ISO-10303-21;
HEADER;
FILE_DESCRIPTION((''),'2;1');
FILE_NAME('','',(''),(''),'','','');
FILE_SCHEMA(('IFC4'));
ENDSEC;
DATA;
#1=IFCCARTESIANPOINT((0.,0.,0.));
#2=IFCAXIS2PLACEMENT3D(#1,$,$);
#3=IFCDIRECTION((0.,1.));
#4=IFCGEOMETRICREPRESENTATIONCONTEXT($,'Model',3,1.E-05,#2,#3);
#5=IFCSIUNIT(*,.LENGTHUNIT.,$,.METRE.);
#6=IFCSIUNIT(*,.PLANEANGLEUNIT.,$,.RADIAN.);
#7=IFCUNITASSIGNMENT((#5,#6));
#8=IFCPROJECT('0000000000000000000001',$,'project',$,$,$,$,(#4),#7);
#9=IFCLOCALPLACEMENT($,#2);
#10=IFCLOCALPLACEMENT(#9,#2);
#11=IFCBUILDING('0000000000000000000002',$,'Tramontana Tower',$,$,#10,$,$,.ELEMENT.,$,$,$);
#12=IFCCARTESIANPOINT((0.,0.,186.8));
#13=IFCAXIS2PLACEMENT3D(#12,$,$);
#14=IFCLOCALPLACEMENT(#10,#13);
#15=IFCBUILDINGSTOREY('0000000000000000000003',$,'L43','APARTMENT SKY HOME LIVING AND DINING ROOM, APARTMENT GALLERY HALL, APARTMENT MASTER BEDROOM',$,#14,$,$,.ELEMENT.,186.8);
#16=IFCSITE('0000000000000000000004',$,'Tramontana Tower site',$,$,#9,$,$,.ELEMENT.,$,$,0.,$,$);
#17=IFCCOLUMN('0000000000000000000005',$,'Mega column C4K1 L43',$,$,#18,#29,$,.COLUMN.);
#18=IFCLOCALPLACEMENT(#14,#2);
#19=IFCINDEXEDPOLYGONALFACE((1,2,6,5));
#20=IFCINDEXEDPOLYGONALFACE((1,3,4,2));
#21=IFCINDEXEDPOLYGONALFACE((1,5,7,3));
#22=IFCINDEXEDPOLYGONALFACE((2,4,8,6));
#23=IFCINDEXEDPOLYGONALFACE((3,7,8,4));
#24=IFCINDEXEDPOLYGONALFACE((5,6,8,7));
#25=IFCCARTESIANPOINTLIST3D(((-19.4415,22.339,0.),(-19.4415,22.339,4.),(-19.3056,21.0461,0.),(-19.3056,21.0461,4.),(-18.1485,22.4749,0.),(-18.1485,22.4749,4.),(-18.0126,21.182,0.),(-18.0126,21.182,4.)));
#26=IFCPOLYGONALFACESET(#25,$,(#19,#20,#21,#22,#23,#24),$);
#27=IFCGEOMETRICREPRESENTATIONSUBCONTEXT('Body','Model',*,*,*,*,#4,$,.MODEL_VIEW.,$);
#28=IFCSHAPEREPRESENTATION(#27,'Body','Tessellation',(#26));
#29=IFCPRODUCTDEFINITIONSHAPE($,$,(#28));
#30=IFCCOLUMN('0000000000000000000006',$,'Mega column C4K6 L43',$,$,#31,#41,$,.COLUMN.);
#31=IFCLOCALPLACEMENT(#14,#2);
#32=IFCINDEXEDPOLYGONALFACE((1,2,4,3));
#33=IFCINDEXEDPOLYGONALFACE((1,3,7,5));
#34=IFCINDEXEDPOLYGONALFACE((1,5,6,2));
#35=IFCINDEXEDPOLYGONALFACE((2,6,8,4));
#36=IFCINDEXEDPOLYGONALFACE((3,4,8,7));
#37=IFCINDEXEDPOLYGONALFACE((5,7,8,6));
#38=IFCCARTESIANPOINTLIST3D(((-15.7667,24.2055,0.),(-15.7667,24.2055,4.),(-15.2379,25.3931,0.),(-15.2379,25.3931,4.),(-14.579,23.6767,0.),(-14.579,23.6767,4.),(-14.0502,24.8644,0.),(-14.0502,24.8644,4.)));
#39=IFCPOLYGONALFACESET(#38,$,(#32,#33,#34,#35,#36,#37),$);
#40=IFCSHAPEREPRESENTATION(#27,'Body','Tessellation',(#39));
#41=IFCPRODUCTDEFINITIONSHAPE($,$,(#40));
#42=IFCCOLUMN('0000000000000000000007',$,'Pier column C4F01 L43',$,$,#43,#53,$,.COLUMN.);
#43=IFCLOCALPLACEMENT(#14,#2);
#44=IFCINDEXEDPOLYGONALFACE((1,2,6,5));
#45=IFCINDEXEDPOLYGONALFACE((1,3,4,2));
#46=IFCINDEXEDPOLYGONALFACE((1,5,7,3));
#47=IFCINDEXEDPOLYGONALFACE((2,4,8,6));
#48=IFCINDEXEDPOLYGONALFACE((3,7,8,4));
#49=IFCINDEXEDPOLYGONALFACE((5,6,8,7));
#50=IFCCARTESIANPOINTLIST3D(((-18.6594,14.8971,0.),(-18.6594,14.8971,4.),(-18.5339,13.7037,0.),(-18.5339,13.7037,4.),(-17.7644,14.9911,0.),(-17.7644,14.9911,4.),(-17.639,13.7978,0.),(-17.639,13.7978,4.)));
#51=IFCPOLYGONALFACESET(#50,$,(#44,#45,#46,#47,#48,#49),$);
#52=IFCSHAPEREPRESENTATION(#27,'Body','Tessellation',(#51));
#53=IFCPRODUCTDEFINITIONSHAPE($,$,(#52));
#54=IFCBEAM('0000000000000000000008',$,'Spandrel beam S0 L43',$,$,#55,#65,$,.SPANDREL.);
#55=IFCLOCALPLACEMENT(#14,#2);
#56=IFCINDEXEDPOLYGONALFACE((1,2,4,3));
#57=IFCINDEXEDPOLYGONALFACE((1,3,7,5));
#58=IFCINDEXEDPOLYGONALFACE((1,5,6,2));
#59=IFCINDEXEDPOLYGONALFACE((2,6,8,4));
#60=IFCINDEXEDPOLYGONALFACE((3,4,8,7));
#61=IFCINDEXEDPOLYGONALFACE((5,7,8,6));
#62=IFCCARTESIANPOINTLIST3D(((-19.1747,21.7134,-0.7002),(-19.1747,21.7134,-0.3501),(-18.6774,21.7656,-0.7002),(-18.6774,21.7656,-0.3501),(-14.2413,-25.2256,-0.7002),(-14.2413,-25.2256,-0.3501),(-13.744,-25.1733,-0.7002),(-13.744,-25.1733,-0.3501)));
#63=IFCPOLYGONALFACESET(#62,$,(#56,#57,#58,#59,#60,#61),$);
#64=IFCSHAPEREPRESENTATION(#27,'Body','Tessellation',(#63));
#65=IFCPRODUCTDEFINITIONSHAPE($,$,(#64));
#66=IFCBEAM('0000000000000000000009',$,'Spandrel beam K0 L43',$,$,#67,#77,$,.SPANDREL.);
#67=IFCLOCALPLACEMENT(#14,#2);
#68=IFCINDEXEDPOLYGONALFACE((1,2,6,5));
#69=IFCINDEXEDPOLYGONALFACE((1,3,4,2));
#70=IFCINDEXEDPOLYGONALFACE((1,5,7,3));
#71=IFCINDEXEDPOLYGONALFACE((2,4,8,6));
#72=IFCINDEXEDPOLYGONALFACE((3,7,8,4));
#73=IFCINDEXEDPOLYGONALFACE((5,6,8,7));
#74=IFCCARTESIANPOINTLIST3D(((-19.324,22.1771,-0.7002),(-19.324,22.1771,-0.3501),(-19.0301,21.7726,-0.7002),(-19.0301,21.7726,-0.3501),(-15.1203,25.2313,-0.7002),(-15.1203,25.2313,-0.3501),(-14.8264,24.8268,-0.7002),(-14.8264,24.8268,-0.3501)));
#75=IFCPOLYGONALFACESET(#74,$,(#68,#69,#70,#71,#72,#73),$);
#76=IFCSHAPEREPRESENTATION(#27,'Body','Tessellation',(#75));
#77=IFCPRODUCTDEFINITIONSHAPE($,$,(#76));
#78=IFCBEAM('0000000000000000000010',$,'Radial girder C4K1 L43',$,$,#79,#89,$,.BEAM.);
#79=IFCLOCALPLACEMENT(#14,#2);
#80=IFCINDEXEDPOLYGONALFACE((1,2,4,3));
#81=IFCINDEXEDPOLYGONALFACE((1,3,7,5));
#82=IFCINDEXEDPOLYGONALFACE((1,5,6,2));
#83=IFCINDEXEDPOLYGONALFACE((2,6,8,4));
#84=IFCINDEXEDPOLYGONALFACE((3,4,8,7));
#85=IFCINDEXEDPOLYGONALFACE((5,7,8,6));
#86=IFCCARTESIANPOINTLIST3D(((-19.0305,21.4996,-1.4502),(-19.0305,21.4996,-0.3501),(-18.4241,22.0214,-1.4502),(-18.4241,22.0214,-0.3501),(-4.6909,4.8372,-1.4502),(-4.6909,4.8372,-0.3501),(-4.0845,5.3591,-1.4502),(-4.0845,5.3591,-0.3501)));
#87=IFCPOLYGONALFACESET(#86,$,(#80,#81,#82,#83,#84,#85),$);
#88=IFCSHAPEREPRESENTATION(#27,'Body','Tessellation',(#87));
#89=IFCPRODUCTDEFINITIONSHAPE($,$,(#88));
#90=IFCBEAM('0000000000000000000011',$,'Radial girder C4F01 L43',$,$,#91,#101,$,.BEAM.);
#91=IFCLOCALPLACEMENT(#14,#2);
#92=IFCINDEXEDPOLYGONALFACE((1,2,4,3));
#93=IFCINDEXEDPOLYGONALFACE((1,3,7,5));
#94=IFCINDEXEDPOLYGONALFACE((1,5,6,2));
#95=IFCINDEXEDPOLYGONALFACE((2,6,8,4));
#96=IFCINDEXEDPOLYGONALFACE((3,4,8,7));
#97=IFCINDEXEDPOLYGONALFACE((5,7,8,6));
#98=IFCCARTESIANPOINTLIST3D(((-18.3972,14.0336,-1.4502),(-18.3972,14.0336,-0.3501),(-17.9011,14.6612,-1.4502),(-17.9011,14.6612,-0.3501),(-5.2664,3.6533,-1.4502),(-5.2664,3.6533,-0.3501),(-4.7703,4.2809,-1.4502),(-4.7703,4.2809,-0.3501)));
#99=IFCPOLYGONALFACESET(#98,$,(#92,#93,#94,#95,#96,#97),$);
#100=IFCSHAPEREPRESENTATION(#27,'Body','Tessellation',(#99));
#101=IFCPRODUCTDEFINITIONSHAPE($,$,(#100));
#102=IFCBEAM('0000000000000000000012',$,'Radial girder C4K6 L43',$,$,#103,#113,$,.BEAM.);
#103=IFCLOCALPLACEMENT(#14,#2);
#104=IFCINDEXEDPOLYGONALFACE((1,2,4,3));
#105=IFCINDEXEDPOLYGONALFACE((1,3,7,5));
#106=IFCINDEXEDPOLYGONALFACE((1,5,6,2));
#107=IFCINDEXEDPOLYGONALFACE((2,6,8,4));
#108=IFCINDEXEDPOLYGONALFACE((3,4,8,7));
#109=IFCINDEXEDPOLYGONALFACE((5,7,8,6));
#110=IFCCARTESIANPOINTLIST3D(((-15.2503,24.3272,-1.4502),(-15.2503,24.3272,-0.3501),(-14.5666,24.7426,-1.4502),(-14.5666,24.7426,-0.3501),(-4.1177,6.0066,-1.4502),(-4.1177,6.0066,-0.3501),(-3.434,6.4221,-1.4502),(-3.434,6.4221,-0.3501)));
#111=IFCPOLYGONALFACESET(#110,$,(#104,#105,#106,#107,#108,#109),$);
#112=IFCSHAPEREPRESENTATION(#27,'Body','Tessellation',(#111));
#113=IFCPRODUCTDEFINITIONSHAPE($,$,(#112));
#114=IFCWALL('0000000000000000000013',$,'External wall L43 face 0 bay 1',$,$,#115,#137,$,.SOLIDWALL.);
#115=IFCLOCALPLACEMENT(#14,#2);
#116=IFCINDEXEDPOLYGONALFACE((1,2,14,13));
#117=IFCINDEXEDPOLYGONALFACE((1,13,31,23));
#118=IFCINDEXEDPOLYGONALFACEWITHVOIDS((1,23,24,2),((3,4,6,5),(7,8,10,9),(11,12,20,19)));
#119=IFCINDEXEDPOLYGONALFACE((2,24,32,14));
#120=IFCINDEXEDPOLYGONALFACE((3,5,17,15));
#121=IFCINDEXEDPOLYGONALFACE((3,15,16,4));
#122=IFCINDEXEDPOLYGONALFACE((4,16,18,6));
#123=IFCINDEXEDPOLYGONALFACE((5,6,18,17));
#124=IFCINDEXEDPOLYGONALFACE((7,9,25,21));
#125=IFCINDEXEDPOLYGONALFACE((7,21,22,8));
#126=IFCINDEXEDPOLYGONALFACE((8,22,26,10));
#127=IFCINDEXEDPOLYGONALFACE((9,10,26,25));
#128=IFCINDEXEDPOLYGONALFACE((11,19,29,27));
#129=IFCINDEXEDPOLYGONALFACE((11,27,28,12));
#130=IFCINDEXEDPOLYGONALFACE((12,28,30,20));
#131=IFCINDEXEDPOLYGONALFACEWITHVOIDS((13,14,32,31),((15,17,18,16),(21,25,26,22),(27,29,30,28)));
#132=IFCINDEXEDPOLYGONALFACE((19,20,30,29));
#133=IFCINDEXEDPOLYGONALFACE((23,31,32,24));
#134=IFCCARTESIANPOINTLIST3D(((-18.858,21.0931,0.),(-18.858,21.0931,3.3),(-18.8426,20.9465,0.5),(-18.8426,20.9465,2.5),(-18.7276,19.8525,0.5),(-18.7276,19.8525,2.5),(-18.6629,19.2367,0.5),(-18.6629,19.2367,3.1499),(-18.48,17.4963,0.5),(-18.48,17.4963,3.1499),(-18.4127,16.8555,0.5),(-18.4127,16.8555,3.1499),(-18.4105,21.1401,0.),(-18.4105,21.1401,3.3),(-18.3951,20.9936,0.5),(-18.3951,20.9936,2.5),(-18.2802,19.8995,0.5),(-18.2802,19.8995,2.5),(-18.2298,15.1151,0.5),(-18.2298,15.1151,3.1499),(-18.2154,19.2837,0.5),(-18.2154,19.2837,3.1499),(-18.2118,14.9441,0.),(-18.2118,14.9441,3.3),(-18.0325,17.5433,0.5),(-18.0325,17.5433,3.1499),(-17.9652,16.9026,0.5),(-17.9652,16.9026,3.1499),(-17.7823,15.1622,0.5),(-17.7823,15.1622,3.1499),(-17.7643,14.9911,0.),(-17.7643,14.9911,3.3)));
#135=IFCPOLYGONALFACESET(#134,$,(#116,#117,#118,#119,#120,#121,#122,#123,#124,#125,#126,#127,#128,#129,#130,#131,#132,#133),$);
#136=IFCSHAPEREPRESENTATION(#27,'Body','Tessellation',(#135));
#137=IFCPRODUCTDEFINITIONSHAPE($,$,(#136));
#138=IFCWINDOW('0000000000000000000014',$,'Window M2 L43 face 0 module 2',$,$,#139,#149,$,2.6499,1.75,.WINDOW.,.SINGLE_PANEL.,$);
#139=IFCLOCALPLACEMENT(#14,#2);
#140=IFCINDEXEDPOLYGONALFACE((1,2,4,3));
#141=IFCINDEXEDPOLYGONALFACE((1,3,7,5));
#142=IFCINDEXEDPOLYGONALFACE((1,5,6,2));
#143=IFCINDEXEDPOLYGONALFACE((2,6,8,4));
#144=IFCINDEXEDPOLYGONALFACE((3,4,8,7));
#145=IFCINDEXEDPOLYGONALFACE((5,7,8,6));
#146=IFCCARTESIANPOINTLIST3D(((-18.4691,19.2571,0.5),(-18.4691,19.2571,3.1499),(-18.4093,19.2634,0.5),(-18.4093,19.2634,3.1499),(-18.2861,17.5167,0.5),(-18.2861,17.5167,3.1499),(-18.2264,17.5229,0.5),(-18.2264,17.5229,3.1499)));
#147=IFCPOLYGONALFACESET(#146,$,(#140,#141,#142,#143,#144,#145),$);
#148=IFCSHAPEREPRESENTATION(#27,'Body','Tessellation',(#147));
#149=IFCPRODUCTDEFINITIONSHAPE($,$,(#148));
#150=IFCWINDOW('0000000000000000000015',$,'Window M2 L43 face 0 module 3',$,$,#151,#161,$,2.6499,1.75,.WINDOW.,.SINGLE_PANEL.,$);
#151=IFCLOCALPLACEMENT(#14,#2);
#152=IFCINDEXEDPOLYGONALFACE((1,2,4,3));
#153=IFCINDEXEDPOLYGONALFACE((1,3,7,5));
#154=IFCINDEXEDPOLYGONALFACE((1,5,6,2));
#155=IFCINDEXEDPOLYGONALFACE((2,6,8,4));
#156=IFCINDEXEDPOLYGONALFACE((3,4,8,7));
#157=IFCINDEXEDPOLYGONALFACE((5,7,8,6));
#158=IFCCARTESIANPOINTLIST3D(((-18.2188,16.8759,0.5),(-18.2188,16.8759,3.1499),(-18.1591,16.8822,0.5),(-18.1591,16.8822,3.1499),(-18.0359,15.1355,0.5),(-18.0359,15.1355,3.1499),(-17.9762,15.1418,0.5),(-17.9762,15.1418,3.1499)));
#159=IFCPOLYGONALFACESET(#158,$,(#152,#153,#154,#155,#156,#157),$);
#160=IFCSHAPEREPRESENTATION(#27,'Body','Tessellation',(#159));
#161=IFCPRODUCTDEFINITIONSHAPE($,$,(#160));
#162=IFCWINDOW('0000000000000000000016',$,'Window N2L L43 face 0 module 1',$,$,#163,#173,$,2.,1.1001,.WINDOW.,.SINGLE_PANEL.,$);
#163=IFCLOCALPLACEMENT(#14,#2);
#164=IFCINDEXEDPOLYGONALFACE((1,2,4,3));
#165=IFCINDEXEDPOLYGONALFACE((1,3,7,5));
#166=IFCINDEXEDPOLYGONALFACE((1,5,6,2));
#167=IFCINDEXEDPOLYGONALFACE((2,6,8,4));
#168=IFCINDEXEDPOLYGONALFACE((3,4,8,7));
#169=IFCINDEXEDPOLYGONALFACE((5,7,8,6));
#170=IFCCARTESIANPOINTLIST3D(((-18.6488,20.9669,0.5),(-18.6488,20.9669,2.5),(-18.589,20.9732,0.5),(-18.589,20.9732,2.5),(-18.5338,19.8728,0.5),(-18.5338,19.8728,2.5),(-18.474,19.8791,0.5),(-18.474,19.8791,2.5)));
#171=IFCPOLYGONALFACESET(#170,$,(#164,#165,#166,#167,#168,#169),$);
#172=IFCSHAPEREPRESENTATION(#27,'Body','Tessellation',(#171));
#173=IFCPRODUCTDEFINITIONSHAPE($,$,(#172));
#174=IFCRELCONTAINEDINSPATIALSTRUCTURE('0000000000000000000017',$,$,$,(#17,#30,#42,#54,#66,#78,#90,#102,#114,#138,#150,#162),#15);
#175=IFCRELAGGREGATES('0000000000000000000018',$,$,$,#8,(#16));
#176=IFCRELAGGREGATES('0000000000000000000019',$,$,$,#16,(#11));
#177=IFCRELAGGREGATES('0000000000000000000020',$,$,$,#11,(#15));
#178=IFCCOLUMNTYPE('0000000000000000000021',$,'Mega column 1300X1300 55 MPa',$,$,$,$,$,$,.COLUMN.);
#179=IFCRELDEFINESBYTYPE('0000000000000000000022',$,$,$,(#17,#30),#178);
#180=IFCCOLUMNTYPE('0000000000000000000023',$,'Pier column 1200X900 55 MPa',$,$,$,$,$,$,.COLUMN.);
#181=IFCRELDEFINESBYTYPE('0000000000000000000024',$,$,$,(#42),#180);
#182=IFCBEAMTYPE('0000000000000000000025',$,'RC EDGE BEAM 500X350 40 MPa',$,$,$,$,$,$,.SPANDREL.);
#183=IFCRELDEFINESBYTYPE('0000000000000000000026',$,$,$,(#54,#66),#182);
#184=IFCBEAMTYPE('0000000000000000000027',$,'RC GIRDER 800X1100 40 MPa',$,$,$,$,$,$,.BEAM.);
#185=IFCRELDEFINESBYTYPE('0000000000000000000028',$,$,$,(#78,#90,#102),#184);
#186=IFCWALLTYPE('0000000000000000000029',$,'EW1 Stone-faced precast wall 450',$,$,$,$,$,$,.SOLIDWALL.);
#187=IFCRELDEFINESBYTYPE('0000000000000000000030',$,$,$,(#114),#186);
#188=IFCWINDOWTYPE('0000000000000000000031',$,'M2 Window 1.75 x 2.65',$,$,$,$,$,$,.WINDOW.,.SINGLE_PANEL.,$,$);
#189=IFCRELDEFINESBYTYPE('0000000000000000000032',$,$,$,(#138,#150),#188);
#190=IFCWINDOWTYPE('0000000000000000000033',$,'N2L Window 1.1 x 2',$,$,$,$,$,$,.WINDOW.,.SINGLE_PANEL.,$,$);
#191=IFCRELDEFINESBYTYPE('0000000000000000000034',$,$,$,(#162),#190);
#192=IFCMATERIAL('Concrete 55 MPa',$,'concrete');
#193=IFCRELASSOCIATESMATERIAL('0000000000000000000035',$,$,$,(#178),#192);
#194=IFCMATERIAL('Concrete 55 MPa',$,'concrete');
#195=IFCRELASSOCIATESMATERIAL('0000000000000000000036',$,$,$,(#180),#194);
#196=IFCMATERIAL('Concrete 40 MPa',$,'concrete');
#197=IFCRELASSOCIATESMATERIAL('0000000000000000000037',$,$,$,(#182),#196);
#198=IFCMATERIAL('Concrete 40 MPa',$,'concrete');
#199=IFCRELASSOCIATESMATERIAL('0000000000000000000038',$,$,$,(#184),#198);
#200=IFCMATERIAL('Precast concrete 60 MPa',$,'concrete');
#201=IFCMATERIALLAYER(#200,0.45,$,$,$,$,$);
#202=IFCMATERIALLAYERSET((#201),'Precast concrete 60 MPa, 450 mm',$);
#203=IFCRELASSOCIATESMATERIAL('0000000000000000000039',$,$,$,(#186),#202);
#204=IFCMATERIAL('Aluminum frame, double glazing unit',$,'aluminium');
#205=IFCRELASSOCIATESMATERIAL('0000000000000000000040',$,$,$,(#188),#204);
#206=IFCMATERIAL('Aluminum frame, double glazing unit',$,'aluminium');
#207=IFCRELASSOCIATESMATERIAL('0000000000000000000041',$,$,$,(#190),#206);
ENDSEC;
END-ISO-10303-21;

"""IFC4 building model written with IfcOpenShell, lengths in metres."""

from ifc_helpers import new_model, si_unit, direction, frame, frame_2d, origin, origin_2d, place, context, subcontext, project, spatial, rectangle, extrude, material, layer, layer_set, material_profile, profile_set, type_object, element, fill, save


model = new_model("IFC4")

# Units and contexts
model_context = context("Model", 3, precision=1e-05, world=origin(), true_north=direction((0.0, 1.0)))
body_context = subcontext(model_context, "Body", "Model", "MODEL_VIEW")
ifc_project = project(units=[si_unit("LENGTHUNIT", "METRE"), si_unit("PLANEANGLEUNIT", "RADIAN")], contexts=[model_context])

# Site, building, storey
site_placement = place(None, origin())
site = spatial("IfcSite", under=ifc_project, at=site_placement, Name="Tramontana Tower site", CompositionType="ELEMENT", RefElevation=0.0)
building_placement = place(site_placement, origin())
building = spatial("IfcBuilding", under=site, at=building_placement, Name="Tramontana Tower", CompositionType="ELEMENT")
storey_placement = place(building_placement, frame((0.0, 0.0, 186.8)))
storey = spatial("IfcBuildingStorey", under=building, at=storey_placement, Name="L43", Description="APARTMENT SKY HOME LIVING AND DINING ROOM, APARTMENT GALLERY HALL, APARTMENT MASTER BEDROOM", CompositionType="ELEMENT", Elevation=186.8)

# Columns
ifc_material_1 = material(Name="Concrete 55 MPa", Category="concrete")
ifc_material_profile_1 = material_profile(ifc_material_1, rectangle(XDim=1.3, YDim=1.3, at=origin_2d()), Name="Mega column 1300X1300 55 MPa")
ifc_profile_set_1 = profile_set([ifc_material_profile_1], Name="Concrete 55 MPa")
column_type_1 = type_object("IfcColumnType", Name="Mega column 1300X1300 55 MPa", PredefinedType="COLUMN", material=ifc_profile_set_1)
for number, where, z_axis, x_axis, name in (
    (1, (-18.7271, 21.7605, 0.0), (0.0, 0.0, 1.0), (0.104528, -0.994522, 0.0), "Mega column C4K1 L43"),
    (2, (-14.9084, 24.5349, 0.0), (0.0, 0.0, 1.0), (-0.913545, 0.406737, 0.0), "Mega column C4K6 L43"),
):
    element("IfcColumn", number, at=place(storey_placement, frame(where, z_axis=z_axis, x_axis=x_axis)), inside=storey, type_object=column_type_1, Name=name, PredefinedType="COLUMN", context=body_context, shape_type="SweptSolid", body=[
        extrude(rectangle(XDim=1.3, YDim=1.3, at=origin_2d()), origin(), (0.0, 0.0, 1.0), 4.0),
    ])
ifc_material_2 = material(Name="Concrete 55 MPa", Category="concrete")
ifc_material_profile_2 = material_profile(ifc_material_2, rectangle(XDim=1.2, YDim=0.8999, at=origin_2d()), Name="Pier column 1200X900 55 MPa")
ifc_profile_set_2 = profile_set([ifc_material_profile_2], Name="Concrete 55 MPa")
column_type_2 = type_object("IfcColumnType", Name="Pier column 1200X900 55 MPa", PredefinedType="COLUMN", material=ifc_profile_set_2)
column_placement = place(storey_placement, frame((-18.1492, 14.3474, 0.0), z_axis=(0.0, 0.0, 1.0), x_axis=(0.104528, -0.994522, 0.0)))
element("IfcColumn", 3, at=column_placement, inside=storey, type_object=column_type_2, Name="Pier column C4F01 L43", PredefinedType="COLUMN", context=body_context, shape_type="SweptSolid", body=[
    extrude(rectangle(XDim=1.2, YDim=0.8999, at=origin_2d()), origin(), (0.0, 0.0, 1.0), 4.0),
])

# Beams
ifc_material_3 = material(Name="Concrete 40 MPa", Category="concrete")
ifc_material_profile_3 = material_profile(ifc_material_3, rectangle(XDim=0.5, YDim=0.3501, at=origin_2d()), Name="RC EDGE BEAM 500X350 40 MPa")
ifc_profile_set_3 = profile_set([ifc_material_profile_3], Name="Concrete 40 MPa")
beam_type_1 = type_object("IfcBeamType", Name="RC EDGE BEAM 500X350 40 MPa", PredefinedType="SPANDREL", material=ifc_profile_set_3)
beam_1_placement = place(storey_placement, frame((-18.926, 21.7395, -0.5251), z_axis=(0.104526, -0.994522, 0.0), x_axis=(0.994522, 0.104526, 0.0)))
element("IfcBeam", 4, at=beam_1_placement, inside=storey, type_object=beam_type_1, Name="Spandrel beam S0 L43", PredefinedType="SPANDREL", context=body_context, shape_type="SweptSolid", body=[
    extrude(rectangle(XDim=0.5, YDim=0.3501, at=origin_2d()), origin(), (0.0, 0.0, 1.0), 47.1975),
])
beam_2_placement = place(storey_placement, frame((-14.9734, 25.0291, -0.5251), z_axis=(-0.809008, -0.587797, 0.0), x_axis=(0.587797, -0.809008, 0.0)))
element("IfcBeam", 5, at=beam_2_placement, inside=storey, type_object=beam_type_1, Name="Spandrel beam K0 L43", PredefinedType="SPANDREL", context=body_context, shape_type="SweptSolid", body=[
    extrude(rectangle(XDim=0.5, YDim=0.3501, at=origin_2d()), origin(), (0.0, 0.0, 1.0), 5.196),
])
ifc_material_4 = material(Name="Concrete 40 MPa", Category="concrete")
ifc_material_profile_4 = material_profile(ifc_material_4, rectangle(XDim=0.8, YDim=1.1001, at=origin_2d()), Name="RC GIRDER 800X1100 40 MPa")
ifc_profile_set_4 = profile_set([ifc_material_profile_4], Name="Concrete 40 MPa")
beam_type_2 = type_object("IfcBeamType", Name="RC GIRDER 800X1100 40 MPa", PredefinedType="BEAM", material=ifc_profile_set_4)
beam_3_placement = place(storey_placement, frame((-18.7273, 21.7605, -0.9001), z_axis=(0.6523, -0.757961, 0.0), x_axis=(0.757961, 0.6523, 0.0)))
element("IfcBeam", 6, at=beam_3_placement, inside=storey, type_object=beam_type_2, Name="Radial girder C4K1 L43", PredefinedType="BEAM", context=body_context, shape_type="SweptSolid", body=[
    extrude(rectangle(XDim=0.8, YDim=1.1001, at=origin_2d()), origin(), (0.0, 0.0, 1.0), 21.9832),
])
beam_4_placement = place(storey_placement, frame((-18.1492, 14.3474, -0.9001), z_axis=(0.784479, -0.620156, 0.0), x_axis=(0.620156, 0.784479, 0.0)))
element("IfcBeam", 7, at=beam_4_placement, inside=storey, type_object=beam_type_2, Name="Radial girder C4F01 L43", PredefinedType="BEAM", context=body_context, shape_type="SweptSolid", body=[
    extrude(rectangle(XDim=0.8, YDim=1.1001, at=origin_2d()), origin(), (0.0, 0.0, 1.0), 16.7383),
])
beam_5_placement = place(storey_placement, frame((-14.9084, 24.5349, -0.9001), z_axis=(0.519298, -0.854593, 0.0), x_axis=(0.854593, 0.519298, 0.0)))
element("IfcBeam", 8, at=beam_5_placement, inside=storey, type_object=beam_type_2, Name="Radial girder C4K6 L43", PredefinedType="BEAM", context=body_context, shape_type="SweptSolid", body=[
    extrude(rectangle(XDim=0.8, YDim=1.1001, at=origin_2d()), origin(), (0.0, 0.0, 1.0), 21.4377),
])

# Wall, openings, windows
ifc_material_5 = material(Name="Precast concrete 60 MPa", Category="concrete")
ifc_layer_1 = layer(ifc_material_5, 0.45)
ifc_layer_set_1 = layer_set([ifc_layer_1], Name="Precast concrete 60 MPa, 450 mm")
wall_type_1 = type_object("IfcWallType", Name="EW1 Stone-faced precast wall 450", PredefinedType="SOLIDWALL", material=ifc_layer_set_1)
wall_1_placement = place(storey_placement, frame((-18.6343, 21.1165, 0.0), z_axis=(0.0, 0.0, 1.0), x_axis=(0.104522, -0.994523, 0.0)))
wall_1 = element("IfcWall", 9, at=wall_1_placement, inside=storey, type_object=wall_type_1, Name="External wall L43 face 0 bay 1", PredefinedType="SOLIDWALL", context=body_context, shape_type="SweptSolid", body=[
    extrude(rectangle(XDim=6.1829, YDim=0.45, at=frame_2d((3.0913, 0.0))), origin(), (0.0, 0.0, 1.0), 3.3),
])
opening_1_placement = place(wall_1_placement, frame((0.1472, 0.0, 0.5)))
opening_1 = element("IfcOpeningElement", 10, at=opening_1_placement, cuts=wall_1, PredefinedType="OPENING", context=body_context, shape_type="SweptSolid", body=[
    extrude(rectangle(XDim=1.1001, YDim=2.0, at=frame_2d((0.55, 1.0))), frame((0.0, 0.2349, 0.0), z_axis=(0.0, -1.0, 0.0), x_axis=(1.0, 0.0, 0.0)), (0.0, 0.0, 1.0), 0.47),
])
opening_2_placement = place(wall_1_placement, frame((1.8665, 0.0, 0.5)))
opening_2 = element("IfcOpeningElement", 11, at=opening_2_placement, cuts=wall_1, PredefinedType="OPENING", context=body_context, shape_type="SweptSolid", body=[
    extrude(rectangle(XDim=1.75, YDim=2.6499, at=frame_2d((0.875, 1.325))), frame((0.0, 0.2349, 0.0), z_axis=(0.0, -1.0, 0.0), x_axis=(1.0, 0.0, 0.0)), (0.0, 0.0, 1.0), 0.47),
])
opening_3_placement = place(wall_1_placement, frame((4.2607, 0.0, 0.5)))
opening_3 = element("IfcOpeningElement", 12, at=opening_3_placement, cuts=wall_1, PredefinedType="OPENING", context=body_context, shape_type="SweptSolid", body=[
    extrude(rectangle(XDim=1.75, YDim=2.6499, at=frame_2d((0.875, 1.325))), frame((0.0, 0.2349, 0.0), z_axis=(0.0, -1.0, 0.0), x_axis=(1.0, 0.0, 0.0)), (0.0, 0.0, 1.0), 0.47),
])
ifc_material_6 = material(Name="Aluminum frame, double glazing unit", Category="aluminium")
window_type_1 = type_object("IfcWindowType", Name="M2 Window 1.75 x 2.65", PartitioningType="SINGLE_PANEL", PredefinedType="WINDOW", material=ifc_material_6)
window_1_placement = place(opening_2_placement, origin())
window_1 = element("IfcWindow", 13, at=window_1_placement, inside=storey, type_object=window_type_1, Name="Window M2 L43 face 0 module 2", OverallHeight=2.6499, OverallWidth=1.75, PartitioningType="SINGLE_PANEL", PredefinedType="WINDOW", context=body_context, shape_type="SweptSolid", body=[
    extrude(rectangle(XDim=1.75, YDim=2.6499, at=frame_2d((0.875, 1.325))), frame((0.0, 0.03, 0.0), z_axis=(0.0, -1.0, 0.0), x_axis=(1.0, 0.0, 0.0)), (0.0, 0.0, 1.0), 0.0601),
])
fill(opening_2, window_1)
window_2_placement = place(opening_3_placement, origin())
window_2 = element("IfcWindow", 14, at=window_2_placement, inside=storey, type_object=window_type_1, Name="Window M2 L43 face 0 module 3", OverallHeight=2.6499, OverallWidth=1.75, PartitioningType="SINGLE_PANEL", PredefinedType="WINDOW", context=body_context, shape_type="SweptSolid", body=[
    extrude(rectangle(XDim=1.75, YDim=2.6499, at=frame_2d((0.875, 1.325))), frame((0.0, 0.03, 0.0), z_axis=(0.0, -1.0, 0.0), x_axis=(1.0, 0.0, 0.0)), (0.0, 0.0, 1.0), 0.0601),
])
fill(opening_3, window_2)
ifc_material_7 = material(Name="Aluminum frame, double glazing unit", Category="aluminium")
window_type_2 = type_object("IfcWindowType", Name="N2L Window 1.1 x 2", PartitioningType="SINGLE_PANEL", PredefinedType="WINDOW", material=ifc_material_7)
window_3_placement = place(opening_1_placement, origin())
window_3 = element("IfcWindow", 15, at=window_3_placement, inside=storey, type_object=window_type_2, Name="Window N2L L43 face 0 module 1", OverallHeight=2.0, OverallWidth=1.1001, PartitioningType="SINGLE_PANEL", PredefinedType="WINDOW", context=body_context, shape_type="SweptSolid", body=[
    extrude(rectangle(XDim=1.1001, YDim=2.0, at=frame_2d((0.55, 1.0))), frame((0.0, 0.03, 0.0), z_axis=(0.0, -1.0, 0.0), x_axis=(1.0, 0.0, 0.0)), (0.0, 0.0, 1.0), 0.0601),
])
fill(opening_1, window_3)

save(model, "model.ifc")
